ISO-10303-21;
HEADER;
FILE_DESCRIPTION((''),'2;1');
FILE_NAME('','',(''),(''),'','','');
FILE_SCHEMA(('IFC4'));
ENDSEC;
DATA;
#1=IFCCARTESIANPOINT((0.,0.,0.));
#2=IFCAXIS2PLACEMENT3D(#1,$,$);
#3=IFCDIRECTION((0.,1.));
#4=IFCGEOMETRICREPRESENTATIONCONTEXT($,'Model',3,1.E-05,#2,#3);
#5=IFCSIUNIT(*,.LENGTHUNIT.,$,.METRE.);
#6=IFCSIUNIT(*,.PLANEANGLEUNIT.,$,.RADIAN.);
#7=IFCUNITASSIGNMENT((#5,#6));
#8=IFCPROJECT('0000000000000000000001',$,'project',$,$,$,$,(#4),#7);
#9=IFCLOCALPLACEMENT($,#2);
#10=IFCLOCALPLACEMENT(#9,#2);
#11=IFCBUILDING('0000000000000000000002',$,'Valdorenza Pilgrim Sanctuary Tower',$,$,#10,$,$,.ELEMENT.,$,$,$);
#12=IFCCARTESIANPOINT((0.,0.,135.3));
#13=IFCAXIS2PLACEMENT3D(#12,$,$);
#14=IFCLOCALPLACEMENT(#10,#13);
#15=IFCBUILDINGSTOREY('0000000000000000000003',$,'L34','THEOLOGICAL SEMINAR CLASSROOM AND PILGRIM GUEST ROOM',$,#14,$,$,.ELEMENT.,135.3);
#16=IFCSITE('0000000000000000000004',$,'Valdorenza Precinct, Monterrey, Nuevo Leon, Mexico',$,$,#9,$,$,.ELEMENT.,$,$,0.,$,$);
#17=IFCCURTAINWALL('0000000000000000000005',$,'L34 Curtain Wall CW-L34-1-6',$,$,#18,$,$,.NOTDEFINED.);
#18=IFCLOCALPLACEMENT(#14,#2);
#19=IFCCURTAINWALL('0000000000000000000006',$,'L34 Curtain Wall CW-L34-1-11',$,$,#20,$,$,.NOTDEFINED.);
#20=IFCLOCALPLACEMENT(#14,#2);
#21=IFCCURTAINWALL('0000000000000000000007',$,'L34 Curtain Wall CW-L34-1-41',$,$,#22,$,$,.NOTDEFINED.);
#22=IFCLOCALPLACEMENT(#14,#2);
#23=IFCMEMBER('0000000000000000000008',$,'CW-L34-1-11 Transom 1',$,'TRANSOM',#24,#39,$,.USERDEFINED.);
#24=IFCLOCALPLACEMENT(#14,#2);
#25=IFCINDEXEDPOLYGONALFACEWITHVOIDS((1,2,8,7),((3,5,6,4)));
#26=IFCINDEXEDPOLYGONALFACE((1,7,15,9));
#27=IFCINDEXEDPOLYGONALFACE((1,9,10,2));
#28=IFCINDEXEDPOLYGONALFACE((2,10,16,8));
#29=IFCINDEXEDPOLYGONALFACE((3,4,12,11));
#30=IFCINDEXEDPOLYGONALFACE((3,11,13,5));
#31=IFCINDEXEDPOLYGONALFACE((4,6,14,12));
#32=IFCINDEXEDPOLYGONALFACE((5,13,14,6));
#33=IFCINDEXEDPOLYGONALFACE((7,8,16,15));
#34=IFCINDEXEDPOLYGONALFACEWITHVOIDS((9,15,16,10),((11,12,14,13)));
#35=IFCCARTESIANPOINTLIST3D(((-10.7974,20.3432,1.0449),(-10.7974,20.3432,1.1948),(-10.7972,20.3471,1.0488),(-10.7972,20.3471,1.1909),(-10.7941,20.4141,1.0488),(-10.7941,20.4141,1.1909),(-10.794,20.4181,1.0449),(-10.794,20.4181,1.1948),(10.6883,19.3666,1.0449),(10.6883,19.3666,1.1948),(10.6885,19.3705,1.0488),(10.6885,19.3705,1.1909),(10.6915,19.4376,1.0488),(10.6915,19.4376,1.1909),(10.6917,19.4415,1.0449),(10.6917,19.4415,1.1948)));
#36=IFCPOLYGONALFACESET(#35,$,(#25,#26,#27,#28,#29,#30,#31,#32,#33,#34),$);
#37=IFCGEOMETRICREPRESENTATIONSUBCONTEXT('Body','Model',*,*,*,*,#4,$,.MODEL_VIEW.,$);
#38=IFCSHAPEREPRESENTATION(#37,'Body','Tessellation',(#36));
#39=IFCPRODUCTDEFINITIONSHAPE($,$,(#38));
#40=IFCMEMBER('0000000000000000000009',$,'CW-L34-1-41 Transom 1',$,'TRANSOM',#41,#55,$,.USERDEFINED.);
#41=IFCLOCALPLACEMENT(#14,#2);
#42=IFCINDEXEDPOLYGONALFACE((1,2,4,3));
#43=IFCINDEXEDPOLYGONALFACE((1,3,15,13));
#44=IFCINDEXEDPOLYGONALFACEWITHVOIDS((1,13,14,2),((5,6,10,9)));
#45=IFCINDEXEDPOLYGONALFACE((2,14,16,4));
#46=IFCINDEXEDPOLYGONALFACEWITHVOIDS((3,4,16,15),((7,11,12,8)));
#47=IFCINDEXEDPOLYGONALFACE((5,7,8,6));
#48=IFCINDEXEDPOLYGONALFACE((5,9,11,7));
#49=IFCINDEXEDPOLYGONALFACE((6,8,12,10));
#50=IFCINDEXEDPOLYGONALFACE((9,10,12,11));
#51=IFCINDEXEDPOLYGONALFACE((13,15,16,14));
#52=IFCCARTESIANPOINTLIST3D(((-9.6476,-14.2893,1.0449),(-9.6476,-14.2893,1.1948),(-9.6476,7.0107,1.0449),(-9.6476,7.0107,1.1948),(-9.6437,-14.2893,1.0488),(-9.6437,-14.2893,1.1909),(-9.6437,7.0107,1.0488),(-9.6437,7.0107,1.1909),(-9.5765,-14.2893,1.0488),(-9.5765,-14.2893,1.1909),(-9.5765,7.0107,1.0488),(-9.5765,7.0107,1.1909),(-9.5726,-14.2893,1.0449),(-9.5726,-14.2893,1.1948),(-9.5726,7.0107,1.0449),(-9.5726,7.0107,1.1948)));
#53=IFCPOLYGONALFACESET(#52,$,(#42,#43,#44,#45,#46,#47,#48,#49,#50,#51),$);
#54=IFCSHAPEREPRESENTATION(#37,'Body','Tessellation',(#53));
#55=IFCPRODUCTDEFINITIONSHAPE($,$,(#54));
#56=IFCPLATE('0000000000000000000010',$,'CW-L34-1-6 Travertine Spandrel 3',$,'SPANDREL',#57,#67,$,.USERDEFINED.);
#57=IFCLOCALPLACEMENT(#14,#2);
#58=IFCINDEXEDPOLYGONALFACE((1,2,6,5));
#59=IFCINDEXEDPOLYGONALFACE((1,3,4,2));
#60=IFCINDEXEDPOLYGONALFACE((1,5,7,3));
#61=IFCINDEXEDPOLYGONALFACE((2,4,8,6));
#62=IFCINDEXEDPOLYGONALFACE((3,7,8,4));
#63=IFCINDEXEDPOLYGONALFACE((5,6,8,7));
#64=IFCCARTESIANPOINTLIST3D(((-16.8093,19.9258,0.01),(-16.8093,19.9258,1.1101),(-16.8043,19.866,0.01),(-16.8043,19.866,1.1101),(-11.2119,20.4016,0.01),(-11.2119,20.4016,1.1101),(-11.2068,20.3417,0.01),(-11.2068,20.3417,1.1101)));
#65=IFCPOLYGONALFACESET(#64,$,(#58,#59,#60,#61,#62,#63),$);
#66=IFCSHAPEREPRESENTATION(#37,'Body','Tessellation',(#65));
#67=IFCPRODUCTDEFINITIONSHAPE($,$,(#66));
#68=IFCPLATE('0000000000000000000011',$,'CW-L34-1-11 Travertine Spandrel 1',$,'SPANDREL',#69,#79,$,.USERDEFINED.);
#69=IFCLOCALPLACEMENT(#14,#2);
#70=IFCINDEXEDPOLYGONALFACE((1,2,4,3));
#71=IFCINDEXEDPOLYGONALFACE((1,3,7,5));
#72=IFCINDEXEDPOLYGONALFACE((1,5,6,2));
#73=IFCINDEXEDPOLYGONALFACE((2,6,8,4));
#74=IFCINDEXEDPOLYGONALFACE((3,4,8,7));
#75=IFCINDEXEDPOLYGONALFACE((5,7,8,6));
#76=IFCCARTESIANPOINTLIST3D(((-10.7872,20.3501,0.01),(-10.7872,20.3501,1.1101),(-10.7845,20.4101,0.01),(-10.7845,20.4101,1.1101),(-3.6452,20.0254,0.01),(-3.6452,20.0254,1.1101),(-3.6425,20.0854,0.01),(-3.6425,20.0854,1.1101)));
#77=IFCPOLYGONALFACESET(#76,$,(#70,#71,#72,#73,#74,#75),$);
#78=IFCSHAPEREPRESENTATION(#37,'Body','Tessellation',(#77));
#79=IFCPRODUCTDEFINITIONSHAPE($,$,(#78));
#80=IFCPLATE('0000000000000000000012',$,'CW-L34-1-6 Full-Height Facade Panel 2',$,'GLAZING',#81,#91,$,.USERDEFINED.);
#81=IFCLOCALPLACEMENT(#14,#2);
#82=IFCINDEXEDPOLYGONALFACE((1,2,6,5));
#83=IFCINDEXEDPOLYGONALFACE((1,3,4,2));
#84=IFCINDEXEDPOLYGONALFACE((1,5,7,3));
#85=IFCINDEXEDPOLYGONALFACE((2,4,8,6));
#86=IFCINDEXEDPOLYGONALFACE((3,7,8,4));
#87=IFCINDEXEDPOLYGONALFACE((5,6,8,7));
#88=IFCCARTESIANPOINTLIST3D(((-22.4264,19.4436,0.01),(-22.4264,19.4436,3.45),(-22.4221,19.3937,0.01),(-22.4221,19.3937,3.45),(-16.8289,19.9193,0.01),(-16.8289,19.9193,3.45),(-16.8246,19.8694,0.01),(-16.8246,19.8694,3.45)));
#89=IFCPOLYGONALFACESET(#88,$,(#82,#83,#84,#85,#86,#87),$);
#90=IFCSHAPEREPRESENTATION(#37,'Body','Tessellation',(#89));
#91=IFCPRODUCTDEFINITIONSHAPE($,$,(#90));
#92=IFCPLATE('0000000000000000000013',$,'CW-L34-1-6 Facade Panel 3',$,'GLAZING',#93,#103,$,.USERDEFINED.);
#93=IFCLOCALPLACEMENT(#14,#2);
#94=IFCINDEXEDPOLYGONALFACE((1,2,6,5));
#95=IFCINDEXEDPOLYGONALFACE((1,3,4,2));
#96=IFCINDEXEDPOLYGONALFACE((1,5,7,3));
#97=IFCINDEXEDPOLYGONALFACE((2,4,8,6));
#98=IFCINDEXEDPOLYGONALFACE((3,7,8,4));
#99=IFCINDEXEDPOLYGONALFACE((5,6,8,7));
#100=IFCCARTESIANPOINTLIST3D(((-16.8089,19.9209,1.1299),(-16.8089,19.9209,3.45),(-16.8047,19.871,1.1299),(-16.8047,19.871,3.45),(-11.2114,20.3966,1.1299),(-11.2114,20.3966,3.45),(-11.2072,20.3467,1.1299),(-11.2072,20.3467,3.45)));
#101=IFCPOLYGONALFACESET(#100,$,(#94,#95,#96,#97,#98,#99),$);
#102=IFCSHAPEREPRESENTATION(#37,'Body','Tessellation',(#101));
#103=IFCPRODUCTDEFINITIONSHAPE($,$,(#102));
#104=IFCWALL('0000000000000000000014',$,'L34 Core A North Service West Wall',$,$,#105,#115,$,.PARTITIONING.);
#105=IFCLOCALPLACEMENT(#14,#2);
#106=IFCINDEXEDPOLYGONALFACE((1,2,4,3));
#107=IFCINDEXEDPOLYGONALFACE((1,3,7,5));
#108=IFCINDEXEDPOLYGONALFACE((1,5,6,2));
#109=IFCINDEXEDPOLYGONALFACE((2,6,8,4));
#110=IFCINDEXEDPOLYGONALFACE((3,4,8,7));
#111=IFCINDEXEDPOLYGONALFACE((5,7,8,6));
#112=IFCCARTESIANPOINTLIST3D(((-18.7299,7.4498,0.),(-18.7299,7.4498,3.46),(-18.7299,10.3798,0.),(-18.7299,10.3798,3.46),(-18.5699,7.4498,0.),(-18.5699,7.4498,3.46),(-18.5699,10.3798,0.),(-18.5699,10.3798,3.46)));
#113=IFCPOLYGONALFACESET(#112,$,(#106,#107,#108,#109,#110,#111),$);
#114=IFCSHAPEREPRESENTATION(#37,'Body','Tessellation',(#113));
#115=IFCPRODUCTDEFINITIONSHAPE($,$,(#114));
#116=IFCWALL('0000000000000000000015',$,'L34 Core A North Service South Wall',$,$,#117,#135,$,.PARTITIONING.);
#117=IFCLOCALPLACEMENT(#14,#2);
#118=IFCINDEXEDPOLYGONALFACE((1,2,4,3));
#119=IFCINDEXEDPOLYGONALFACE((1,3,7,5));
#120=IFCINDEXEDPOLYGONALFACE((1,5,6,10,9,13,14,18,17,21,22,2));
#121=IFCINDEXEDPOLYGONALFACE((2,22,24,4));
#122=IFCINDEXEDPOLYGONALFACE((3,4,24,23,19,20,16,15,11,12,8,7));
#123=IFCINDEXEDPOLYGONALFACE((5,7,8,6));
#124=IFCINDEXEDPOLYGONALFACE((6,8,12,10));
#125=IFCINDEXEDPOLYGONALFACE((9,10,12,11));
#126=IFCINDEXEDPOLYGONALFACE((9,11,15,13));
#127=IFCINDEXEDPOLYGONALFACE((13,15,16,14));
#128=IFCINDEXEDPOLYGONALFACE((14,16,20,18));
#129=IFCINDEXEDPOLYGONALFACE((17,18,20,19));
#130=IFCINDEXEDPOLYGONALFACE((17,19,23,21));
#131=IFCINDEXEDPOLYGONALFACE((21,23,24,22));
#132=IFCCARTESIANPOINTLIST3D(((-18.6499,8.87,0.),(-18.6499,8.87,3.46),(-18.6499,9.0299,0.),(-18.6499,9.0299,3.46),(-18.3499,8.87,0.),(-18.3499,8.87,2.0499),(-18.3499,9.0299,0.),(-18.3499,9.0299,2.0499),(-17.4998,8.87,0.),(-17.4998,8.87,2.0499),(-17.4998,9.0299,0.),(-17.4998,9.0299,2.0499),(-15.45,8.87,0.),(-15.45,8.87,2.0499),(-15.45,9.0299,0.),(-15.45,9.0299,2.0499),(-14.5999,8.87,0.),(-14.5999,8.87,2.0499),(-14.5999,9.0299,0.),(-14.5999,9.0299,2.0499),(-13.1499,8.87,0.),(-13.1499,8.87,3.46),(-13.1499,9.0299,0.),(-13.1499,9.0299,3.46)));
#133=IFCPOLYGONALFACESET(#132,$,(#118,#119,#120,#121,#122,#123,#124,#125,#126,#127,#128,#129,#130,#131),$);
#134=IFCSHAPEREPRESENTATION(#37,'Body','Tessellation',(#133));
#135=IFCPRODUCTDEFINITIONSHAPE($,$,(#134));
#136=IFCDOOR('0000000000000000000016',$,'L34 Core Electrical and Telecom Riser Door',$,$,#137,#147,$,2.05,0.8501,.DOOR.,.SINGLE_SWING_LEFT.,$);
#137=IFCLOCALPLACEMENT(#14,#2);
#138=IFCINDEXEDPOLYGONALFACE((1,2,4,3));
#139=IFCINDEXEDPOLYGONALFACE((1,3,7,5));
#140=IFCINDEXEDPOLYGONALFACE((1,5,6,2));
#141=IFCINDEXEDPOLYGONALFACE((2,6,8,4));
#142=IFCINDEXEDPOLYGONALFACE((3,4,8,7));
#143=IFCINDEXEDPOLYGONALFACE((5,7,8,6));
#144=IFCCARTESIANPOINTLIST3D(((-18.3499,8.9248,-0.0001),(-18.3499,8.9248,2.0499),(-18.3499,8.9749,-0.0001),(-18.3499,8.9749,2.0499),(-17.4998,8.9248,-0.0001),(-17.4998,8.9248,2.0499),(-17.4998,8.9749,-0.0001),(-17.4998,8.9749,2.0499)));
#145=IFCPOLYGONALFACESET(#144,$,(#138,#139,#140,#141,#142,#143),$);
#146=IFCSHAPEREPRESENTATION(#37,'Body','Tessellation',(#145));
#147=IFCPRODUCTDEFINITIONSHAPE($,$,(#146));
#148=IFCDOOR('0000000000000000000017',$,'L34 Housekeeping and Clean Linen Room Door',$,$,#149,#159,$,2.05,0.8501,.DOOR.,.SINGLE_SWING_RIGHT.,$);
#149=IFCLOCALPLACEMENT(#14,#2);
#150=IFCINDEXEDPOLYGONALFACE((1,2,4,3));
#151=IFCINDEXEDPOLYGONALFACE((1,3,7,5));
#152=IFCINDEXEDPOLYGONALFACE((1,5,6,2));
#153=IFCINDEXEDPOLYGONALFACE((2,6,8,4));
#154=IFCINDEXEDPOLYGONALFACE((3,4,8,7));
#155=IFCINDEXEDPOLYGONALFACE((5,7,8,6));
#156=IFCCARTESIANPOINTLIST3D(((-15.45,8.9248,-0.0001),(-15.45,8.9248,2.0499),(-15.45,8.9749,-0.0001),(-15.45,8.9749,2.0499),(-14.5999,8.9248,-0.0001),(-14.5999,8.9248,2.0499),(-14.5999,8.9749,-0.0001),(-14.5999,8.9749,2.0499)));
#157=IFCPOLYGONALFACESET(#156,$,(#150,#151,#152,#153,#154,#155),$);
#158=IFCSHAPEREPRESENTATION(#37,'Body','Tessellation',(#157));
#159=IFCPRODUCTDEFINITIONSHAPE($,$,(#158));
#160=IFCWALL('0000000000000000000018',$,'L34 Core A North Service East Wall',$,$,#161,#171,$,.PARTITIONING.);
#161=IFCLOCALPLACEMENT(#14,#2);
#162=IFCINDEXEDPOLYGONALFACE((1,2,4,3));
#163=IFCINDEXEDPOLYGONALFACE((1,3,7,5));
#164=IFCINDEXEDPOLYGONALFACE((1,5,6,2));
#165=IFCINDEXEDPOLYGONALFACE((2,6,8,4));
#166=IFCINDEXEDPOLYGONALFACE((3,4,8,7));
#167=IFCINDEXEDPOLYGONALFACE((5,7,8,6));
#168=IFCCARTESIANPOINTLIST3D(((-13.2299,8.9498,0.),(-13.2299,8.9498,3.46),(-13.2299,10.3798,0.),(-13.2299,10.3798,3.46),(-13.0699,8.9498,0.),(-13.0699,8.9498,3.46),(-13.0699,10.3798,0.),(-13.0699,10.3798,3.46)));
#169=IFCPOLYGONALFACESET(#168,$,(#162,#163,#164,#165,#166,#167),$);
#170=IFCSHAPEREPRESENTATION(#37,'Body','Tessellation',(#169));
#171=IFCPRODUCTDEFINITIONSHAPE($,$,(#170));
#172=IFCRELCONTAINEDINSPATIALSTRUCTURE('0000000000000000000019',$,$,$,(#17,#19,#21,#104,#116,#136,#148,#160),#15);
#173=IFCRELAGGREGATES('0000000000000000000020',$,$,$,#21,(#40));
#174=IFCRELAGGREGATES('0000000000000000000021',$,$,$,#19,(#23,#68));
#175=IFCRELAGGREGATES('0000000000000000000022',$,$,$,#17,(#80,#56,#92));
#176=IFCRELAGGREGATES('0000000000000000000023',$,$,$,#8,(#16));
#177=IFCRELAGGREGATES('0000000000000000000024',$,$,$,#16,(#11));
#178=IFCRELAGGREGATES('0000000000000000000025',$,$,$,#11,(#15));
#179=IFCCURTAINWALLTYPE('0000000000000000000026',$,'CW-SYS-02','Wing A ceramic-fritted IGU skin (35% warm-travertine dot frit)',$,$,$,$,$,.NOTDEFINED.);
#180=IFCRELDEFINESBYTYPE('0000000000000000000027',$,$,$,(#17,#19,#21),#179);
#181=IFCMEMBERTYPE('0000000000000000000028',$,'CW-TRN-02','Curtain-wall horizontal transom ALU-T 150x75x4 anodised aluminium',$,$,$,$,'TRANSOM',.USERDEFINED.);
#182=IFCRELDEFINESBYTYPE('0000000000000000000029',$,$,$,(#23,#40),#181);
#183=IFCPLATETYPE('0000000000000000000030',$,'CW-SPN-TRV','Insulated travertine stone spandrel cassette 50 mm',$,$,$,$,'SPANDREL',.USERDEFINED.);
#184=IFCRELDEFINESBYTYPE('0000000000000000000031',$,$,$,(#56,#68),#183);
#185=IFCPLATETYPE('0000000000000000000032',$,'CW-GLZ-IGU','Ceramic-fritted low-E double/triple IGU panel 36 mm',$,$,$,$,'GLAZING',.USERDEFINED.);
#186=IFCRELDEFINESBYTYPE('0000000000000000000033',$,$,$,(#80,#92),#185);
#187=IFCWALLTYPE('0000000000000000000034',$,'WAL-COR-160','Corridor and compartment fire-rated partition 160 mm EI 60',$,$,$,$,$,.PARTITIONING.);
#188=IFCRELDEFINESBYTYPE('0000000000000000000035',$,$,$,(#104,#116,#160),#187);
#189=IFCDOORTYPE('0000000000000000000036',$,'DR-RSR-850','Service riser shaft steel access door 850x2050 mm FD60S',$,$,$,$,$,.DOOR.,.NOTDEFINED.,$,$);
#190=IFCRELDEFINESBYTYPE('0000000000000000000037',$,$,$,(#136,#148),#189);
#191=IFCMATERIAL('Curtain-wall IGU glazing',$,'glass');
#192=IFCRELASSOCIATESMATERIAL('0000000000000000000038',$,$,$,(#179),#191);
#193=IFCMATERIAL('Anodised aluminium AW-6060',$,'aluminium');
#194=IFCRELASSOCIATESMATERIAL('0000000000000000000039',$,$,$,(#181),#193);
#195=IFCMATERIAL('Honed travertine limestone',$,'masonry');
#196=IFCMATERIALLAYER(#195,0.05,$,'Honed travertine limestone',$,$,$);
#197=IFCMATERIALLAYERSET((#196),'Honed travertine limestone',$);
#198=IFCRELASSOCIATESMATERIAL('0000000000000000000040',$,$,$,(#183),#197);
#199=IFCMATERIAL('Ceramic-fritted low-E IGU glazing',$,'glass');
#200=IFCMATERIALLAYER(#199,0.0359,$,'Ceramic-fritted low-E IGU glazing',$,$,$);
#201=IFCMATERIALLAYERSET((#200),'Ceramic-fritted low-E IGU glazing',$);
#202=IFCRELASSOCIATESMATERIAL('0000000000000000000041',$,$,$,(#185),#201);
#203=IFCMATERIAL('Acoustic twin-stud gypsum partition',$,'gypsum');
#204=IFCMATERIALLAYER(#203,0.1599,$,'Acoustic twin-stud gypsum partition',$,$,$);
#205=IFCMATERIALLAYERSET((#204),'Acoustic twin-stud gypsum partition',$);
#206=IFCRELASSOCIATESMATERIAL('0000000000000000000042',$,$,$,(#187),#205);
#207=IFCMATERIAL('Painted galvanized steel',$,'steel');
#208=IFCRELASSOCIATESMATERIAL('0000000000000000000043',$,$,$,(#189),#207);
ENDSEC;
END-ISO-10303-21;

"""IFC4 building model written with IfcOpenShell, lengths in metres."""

from ifc_helpers import new_model, si_unit, direction, frame, frame_2d, origin, origin_2d, place, context, subcontext, project, spatial, rectangle, hollow_rectangle, extrude, source, transform, mapped, material, layer, layer_set, material_profile, profile_set, type_object, element, fill, aggregate, save


model = new_model("IFC4")

# Units and contexts
model_context = context("Model", 3, precision=1e-05, world=origin(), true_north=direction((0.0, 1.0)))
body_context = subcontext(model_context, "Body", "Model", "MODEL_VIEW")
ifc_project = project(units=[si_unit("LENGTHUNIT", "METRE"), si_unit("PLANEANGLEUNIT", "RADIAN")], contexts=[model_context])

# Site, building, storey
site_placement = place(None, origin())
site = spatial("IfcSite", under=ifc_project, at=site_placement, Name="Valdorenza Precinct, Monterrey, Nuevo Leon, Mexico", CompositionType="ELEMENT", RefElevation=0.0)
building_placement = place(site_placement, origin())
building = spatial("IfcBuilding", under=site, at=building_placement, Name="Valdorenza Pilgrim Sanctuary Tower", CompositionType="ELEMENT")
storey_placement = place(building_placement, frame((0.0, 0.0, 135.3)))
storey = spatial("IfcBuildingStorey", under=building, at=storey_placement, Name="L34", Description="THEOLOGICAL SEMINAR CLASSROOM AND PILGRIM GUEST ROOM", CompositionType="ELEMENT", Elevation=135.3)

# Curtain wall
ifc_material_1 = material(Name="Curtain-wall IGU glazing", Category="glass")
curtain_wall_type = type_object("IfcCurtainWallType", Name="CW-SYS-02", Description="Wing A ceramic-fritted IGU skin (35% warm-travertine dot frit)", PredefinedType="NOTDEFINED", material=ifc_material_1)
curtain_wall_1_placement = place(storey_placement, origin())
curtain_wall_1 = element("IfcCurtainWall", 1, at=curtain_wall_1_placement, inside=storey, type_object=curtain_wall_type, Name="L34 Curtain Wall CW-L34-1-6", PredefinedType="NOTDEFINED")
ifc_material_2 = material(Name="Anodised aluminium AW-6060", Category="aluminium")

# Curtain walls
curtain_wall_2_placement = place(storey_placement, origin())
curtain_wall_2 = element("IfcCurtainWall", 2, at=curtain_wall_2_placement, inside=storey, type_object=curtain_wall_type, Name="L34 Curtain Wall CW-L34-1-11", PredefinedType="NOTDEFINED")
curtain_wall_3_placement = place(storey_placement, origin())
curtain_wall_3 = element("IfcCurtainWall", 3, at=curtain_wall_3_placement, inside=storey, type_object=curtain_wall_type, Name="L34 Curtain Wall CW-L34-1-41", PredefinedType="NOTDEFINED")

# Members
ifc_material_profile_1 = material_profile(ifc_material_2, hollow_rectangle(XDim=0.075, YDim=0.1499, WallThickness=0.0039, at=origin_2d()), Name="ALU-T 150x75x4")
ifc_profile_set_1 = profile_set([ifc_material_profile_1], Name="Anodised aluminium AW-6060")
member_type_1 = type_object("IfcMemberType", Name="CW-TRN-02", Description="Curtain-wall horizontal transom ALU-T 150x75x4 anodised aluminium", ElementType="TRANSOM", PredefinedType="USERDEFINED", material=ifc_profile_set_1)
shared_shape_1 = source(origin(), body_context, "Body", "SweptSolid", [
    extrude(hollow_rectangle(XDim=0.075, YDim=0.1499, WallThickness=0.0039, at=origin_2d()), origin(), (0.0, 0.0, 1.0), 21.5078),
])
member_1_placement = place(storey_placement, frame((-10.7957, 20.3806, 1.1199), z_axis=(0.998969, -0.045405, 0.0), x_axis=(0.045405, 0.998969, 0.0)))
member_1 = element("IfcMember", 4, at=member_1_placement, type_object=member_type_1, Name="CW-L34-1-11 Transom 1", ObjectType="TRANSOM", PredefinedType="USERDEFINED", context=body_context, shape_type="MappedRepresentation", body=[
    mapped(shared_shape_1, transform((0.0, 0.0, 0.0), x_axis=(1.0, 0.0, 0.0), y_axis=(0.0, 1.0, 0.0), z_axis=(0.0, 0.0, 1.0), scale=1.0)),
])
shared_shape_2 = source(origin(), body_context, "Body", "SweptSolid", [
    extrude(hollow_rectangle(XDim=0.075, YDim=0.1499, WallThickness=0.0039, at=origin_2d()), origin(), (0.0, 0.0, 1.0), 21.3),
])
member_2_placement = place(storey_placement, frame((-9.6101, 7.0107, 1.1199), z_axis=(0.0, -1.0, 0.0), x_axis=(1.0, 0.0, 0.0)))
member_2 = element("IfcMember", 5, at=member_2_placement, type_object=member_type_1, Name="CW-L34-1-41 Transom 1", ObjectType="TRANSOM", PredefinedType="USERDEFINED", context=body_context, shape_type="MappedRepresentation", body=[
    mapped(shared_shape_2, transform((0.0, 0.0, 0.0), x_axis=(1.0, 0.0, 0.0), y_axis=(0.0, 1.0, 0.0), z_axis=(0.0, 0.0, 1.0), scale=1.0)),
])
aggregate(curtain_wall_3, [member_2])

# Plates
ifc_material_3 = material(Name="Honed travertine limestone", Category="masonry")
ifc_layer_1 = layer(ifc_material_3, 0.05, Name="Honed travertine limestone")
ifc_layer_set_1 = layer_set([ifc_layer_1], Name="Honed travertine limestone")
plate_type_1 = type_object("IfcPlateType", Name="CW-SPN-TRV", Description="Insulated travertine stone spandrel cassette 50 mm", ElementType="SPANDREL", PredefinedType="USERDEFINED", material=ifc_layer_set_1)
shared_shape_3 = source(origin(), body_context, "Body", "SweptSolid", [
    extrude(rectangle(XDim=5.6177, YDim=0.0601, at=origin_2d()), origin(), (0.0, 0.0, 1.0), 1.1001),
])
plate_1_placement = place(storey_placement, frame((-14.0081, 20.1338, 0.01), z_axis=(0.0, 0.0, 1.0), x_axis=(0.996408, 0.084687, 0.0)))
plate_1 = element("IfcPlate", 6, at=plate_1_placement, type_object=plate_type_1, Name="CW-L34-1-6 Travertine Spandrel 3", ObjectType="SPANDREL", PredefinedType="USERDEFINED", context=body_context, shape_type="MappedRepresentation", body=[
    mapped(shared_shape_3, transform((0.0, 0.0, 0.0), x_axis=(1.0, 0.0, 0.0), y_axis=(0.0, 1.0, 0.0), z_axis=(0.0, 0.0, 1.0), scale=1.0)),
])
shared_shape_4 = source(origin(), body_context, "Body", "SweptSolid", [
    extrude(rectangle(XDim=7.1494, YDim=0.0601, at=origin_2d()), origin(), (0.0, 0.0, 1.0), 1.1001),
])
plate_2_placement = place(storey_placement, frame((-7.2148, 20.2178, 0.01), z_axis=(0.0, 0.0, 1.0), x_axis=(0.998968, -0.045415, 0.0)))
plate_2 = element("IfcPlate", 7, at=plate_2_placement, type_object=plate_type_1, Name="CW-L34-1-11 Travertine Spandrel 1", ObjectType="SPANDREL", PredefinedType="USERDEFINED", context=body_context, shape_type="MappedRepresentation", body=[
    mapped(shared_shape_4, transform((0.0, 0.0, 0.0), x_axis=(1.0, 0.0, 0.0), y_axis=(0.0, 1.0, 0.0), z_axis=(0.0, 0.0, 1.0), scale=1.0)),
])
aggregate(curtain_wall_2, [member_1, plate_2])
ifc_material_4 = material(Name="Ceramic-fritted low-E IGU glazing", Category="glass")
ifc_layer_2 = layer(ifc_material_4, 0.0359, Name="Ceramic-fritted low-E IGU glazing")
ifc_layer_set_2 = layer_set([ifc_layer_2], Name="Ceramic-fritted low-E IGU glazing")
plate_type_2 = type_object("IfcPlateType", Name="CW-GLZ-IGU", Description="Ceramic-fritted low-E double/triple IGU panel 36 mm", ElementType="GLAZING", PredefinedType="USERDEFINED", material=ifc_layer_set_2)
shared_shape_5 = source(origin(), body_context, "Body", "SweptSolid", [
    extrude(rectangle(XDim=5.6177, YDim=0.05, at=origin_2d()), origin(), (0.0, 0.0, 1.0), 3.4399),
])
plate_3_placement = place(storey_placement, frame((-19.6255, 19.6565, 0.01), z_axis=(0.0, 0.0, 1.0), x_axis=(0.996408, 0.084687, 0.0)))
plate_3 = element("IfcPlate", 8, at=plate_3_placement, type_object=plate_type_2, Name="CW-L34-1-6 Full-Height Facade Panel 2", ObjectType="GLAZING", PredefinedType="USERDEFINED", context=body_context, shape_type="MappedRepresentation", body=[
    mapped(shared_shape_5, transform((0.0, 0.0, 0.0), x_axis=(1.0, 0.0, 0.0), y_axis=(0.0, 1.0, 0.0), z_axis=(0.0, 0.0, 1.0), scale=1.0)),
])
shared_shape_6 = source(origin(), body_context, "Body", "SweptSolid", [
    extrude(rectangle(XDim=5.6177, YDim=0.05, at=origin_2d()), origin(), (0.0, 0.0, 1.0), 2.3201),
])
plate_4_placement = place(storey_placement, frame((-14.0081, 20.1338, 1.1299), z_axis=(0.0, 0.0, 1.0), x_axis=(0.996408, 0.084687, 0.0)))
plate_4 = element("IfcPlate", 9, at=plate_4_placement, type_object=plate_type_2, Name="CW-L34-1-6 Facade Panel 3", ObjectType="GLAZING", PredefinedType="USERDEFINED", context=body_context, shape_type="MappedRepresentation", body=[
    mapped(shared_shape_6, transform((0.0, 0.0, 0.0), x_axis=(1.0, 0.0, 0.0), y_axis=(0.0, 1.0, 0.0), z_axis=(0.0, 0.0, 1.0), scale=1.0)),
])
aggregate(curtain_wall_1, [plate_3, plate_1, plate_4])

# Wall
ifc_material_5 = material(Name="Acoustic twin-stud gypsum partition", Category="gypsum")
ifc_layer_3 = layer(ifc_material_5, 0.1599, Name="Acoustic twin-stud gypsum partition")
ifc_layer_set_3 = layer_set([ifc_layer_3], Name="Acoustic twin-stud gypsum partition")
wall_type_1 = type_object("IfcWallType", Name="WAL-COR-160", Description="Corridor and compartment fire-rated partition 160 mm EI 60", PredefinedType="PARTITIONING", material=ifc_layer_set_3)
wall_1_placement = place(storey_placement, frame((-18.6499, 7.45, 0.0), z_axis=(0.0, 0.0, 1.0), x_axis=(0.0, 1.0, 0.0)))
element("IfcWall", 10, at=wall_1_placement, inside=storey, type_object=wall_type_1, Name="L34 Core A North Service West Wall", PredefinedType="PARTITIONING", context=body_context, shape_type="SweptSolid", body=[
    extrude(rectangle(XDim=2.9299, YDim=0.1599, at=frame_2d((1.4648, 0.0))), origin(), (0.0, 0.0, 1.0), 3.46),
])

# Wall, openings, doors
wall_2_placement = place(storey_placement, frame((-18.6499, 8.95, 0.0), z_axis=(0.0, 0.0, 1.0), x_axis=(1.0, 0.0, 0.0)))
wall_2 = element("IfcWall", 11, at=wall_2_placement, inside=storey, type_object=wall_type_1, Name="L34 Core A North Service South Wall", PredefinedType="PARTITIONING", context=body_context, shape_type="SweptSolid", body=[
    extrude(rectangle(XDim=5.5, YDim=0.1599, at=frame_2d((2.75, 0.0))), origin(), (0.0, 0.0, 1.0), 3.46),
])
opening_1_placement = place(wall_2_placement, frame((0.3, 0.0, 0.0)))
opening_1 = element("IfcOpeningElement", 12, at=opening_1_placement, cuts=wall_2, PredefinedType="OPENING", context=body_context, shape_type="SweptSolid", body=[
    extrude(rectangle(XDim=0.8501, YDim=2.05, at=frame_2d((0.425, 1.0249))), frame((0.0, 0.0947, 0.0), z_axis=(0.0, -1.0, 0.0), x_axis=(1.0, 0.0, 0.0)), (0.0, 0.0, 1.0), 0.1897),
])
opening_2_placement = place(wall_2_placement, frame((3.2, 0.0, 0.0)))
opening_2 = element("IfcOpeningElement", 13, at=opening_2_placement, cuts=wall_2, PredefinedType="OPENING", context=body_context, shape_type="SweptSolid", body=[
    extrude(rectangle(XDim=0.8501, YDim=2.05, at=frame_2d((0.425, 1.0249))), frame((0.0, 0.0947, 0.0), z_axis=(0.0, -1.0, 0.0), x_axis=(1.0, 0.0, 0.0)), (0.0, 0.0, 1.0), 0.1897),
])
ifc_material_6 = material(Name="Painted galvanized steel", Category="steel")
door_type_1 = type_object("IfcDoorType", Name="DR-RSR-850", Description="Service riser shaft steel access door 850x2050 mm FD60S", OperationType="NOTDEFINED", PredefinedType="DOOR", material=ifc_material_6)
door_1_placement = place(opening_1_placement, origin())
door_1 = element("IfcDoor", 14, at=door_1_placement, inside=storey, type_object=door_type_1, Name="L34 Core Electrical and Telecom Riser Door", OperationType="SINGLE_SWING_LEFT", OverallHeight=2.05, OverallWidth=0.8501, PredefinedType="DOOR", context=body_context, shape_type="SweptSolid", body=[
    extrude(rectangle(XDim=0.8501, YDim=2.05, at=frame_2d((0.425, 1.0249))), frame((0.0, 0.0249, 0.0), z_axis=(0.0, -1.0, 0.0), x_axis=(1.0, 0.0, 0.0)), (0.0, 0.0, 1.0), 0.05),
])
fill(opening_1, door_1)
door_2_placement = place(opening_2_placement, origin())
door_2 = element("IfcDoor", 15, at=door_2_placement, inside=storey, type_object=door_type_1, Name="L34 Housekeeping and Clean Linen Room Door", OperationType="SINGLE_SWING_RIGHT", OverallHeight=2.05, OverallWidth=0.8501, PredefinedType="DOOR", context=body_context, shape_type="SweptSolid", body=[
    extrude(rectangle(XDim=0.8501, YDim=2.05, at=frame_2d((0.425, 1.0249))), frame((0.0, 0.0249, 0.0), z_axis=(0.0, -1.0, 0.0), x_axis=(1.0, 0.0, 0.0)), (0.0, 0.0, 1.0), 0.05),
])
fill(opening_2, door_2)

# Wall
for number, where, z_axis, x_axis, name in (
    (16, (-13.1499, 8.95, 0.0), (0.0, 0.0, 1.0), (0.0, 1.0, 0.0), "L34 Core A North Service East Wall"),
):
    element("IfcWall", number, at=place(storey_placement, frame(where, z_axis=z_axis, x_axis=x_axis)), inside=storey, type_object=wall_type_1, Name=name, PredefinedType="PARTITIONING", context=body_context, shape_type="SweptSolid", body=[
        extrude(rectangle(XDim=1.4299, YDim=0.1599, at=frame_2d((0.7148, 0.0))), origin(), (0.0, 0.0, 1.0), 3.46),
    ])

save(model, "model.ifc")
